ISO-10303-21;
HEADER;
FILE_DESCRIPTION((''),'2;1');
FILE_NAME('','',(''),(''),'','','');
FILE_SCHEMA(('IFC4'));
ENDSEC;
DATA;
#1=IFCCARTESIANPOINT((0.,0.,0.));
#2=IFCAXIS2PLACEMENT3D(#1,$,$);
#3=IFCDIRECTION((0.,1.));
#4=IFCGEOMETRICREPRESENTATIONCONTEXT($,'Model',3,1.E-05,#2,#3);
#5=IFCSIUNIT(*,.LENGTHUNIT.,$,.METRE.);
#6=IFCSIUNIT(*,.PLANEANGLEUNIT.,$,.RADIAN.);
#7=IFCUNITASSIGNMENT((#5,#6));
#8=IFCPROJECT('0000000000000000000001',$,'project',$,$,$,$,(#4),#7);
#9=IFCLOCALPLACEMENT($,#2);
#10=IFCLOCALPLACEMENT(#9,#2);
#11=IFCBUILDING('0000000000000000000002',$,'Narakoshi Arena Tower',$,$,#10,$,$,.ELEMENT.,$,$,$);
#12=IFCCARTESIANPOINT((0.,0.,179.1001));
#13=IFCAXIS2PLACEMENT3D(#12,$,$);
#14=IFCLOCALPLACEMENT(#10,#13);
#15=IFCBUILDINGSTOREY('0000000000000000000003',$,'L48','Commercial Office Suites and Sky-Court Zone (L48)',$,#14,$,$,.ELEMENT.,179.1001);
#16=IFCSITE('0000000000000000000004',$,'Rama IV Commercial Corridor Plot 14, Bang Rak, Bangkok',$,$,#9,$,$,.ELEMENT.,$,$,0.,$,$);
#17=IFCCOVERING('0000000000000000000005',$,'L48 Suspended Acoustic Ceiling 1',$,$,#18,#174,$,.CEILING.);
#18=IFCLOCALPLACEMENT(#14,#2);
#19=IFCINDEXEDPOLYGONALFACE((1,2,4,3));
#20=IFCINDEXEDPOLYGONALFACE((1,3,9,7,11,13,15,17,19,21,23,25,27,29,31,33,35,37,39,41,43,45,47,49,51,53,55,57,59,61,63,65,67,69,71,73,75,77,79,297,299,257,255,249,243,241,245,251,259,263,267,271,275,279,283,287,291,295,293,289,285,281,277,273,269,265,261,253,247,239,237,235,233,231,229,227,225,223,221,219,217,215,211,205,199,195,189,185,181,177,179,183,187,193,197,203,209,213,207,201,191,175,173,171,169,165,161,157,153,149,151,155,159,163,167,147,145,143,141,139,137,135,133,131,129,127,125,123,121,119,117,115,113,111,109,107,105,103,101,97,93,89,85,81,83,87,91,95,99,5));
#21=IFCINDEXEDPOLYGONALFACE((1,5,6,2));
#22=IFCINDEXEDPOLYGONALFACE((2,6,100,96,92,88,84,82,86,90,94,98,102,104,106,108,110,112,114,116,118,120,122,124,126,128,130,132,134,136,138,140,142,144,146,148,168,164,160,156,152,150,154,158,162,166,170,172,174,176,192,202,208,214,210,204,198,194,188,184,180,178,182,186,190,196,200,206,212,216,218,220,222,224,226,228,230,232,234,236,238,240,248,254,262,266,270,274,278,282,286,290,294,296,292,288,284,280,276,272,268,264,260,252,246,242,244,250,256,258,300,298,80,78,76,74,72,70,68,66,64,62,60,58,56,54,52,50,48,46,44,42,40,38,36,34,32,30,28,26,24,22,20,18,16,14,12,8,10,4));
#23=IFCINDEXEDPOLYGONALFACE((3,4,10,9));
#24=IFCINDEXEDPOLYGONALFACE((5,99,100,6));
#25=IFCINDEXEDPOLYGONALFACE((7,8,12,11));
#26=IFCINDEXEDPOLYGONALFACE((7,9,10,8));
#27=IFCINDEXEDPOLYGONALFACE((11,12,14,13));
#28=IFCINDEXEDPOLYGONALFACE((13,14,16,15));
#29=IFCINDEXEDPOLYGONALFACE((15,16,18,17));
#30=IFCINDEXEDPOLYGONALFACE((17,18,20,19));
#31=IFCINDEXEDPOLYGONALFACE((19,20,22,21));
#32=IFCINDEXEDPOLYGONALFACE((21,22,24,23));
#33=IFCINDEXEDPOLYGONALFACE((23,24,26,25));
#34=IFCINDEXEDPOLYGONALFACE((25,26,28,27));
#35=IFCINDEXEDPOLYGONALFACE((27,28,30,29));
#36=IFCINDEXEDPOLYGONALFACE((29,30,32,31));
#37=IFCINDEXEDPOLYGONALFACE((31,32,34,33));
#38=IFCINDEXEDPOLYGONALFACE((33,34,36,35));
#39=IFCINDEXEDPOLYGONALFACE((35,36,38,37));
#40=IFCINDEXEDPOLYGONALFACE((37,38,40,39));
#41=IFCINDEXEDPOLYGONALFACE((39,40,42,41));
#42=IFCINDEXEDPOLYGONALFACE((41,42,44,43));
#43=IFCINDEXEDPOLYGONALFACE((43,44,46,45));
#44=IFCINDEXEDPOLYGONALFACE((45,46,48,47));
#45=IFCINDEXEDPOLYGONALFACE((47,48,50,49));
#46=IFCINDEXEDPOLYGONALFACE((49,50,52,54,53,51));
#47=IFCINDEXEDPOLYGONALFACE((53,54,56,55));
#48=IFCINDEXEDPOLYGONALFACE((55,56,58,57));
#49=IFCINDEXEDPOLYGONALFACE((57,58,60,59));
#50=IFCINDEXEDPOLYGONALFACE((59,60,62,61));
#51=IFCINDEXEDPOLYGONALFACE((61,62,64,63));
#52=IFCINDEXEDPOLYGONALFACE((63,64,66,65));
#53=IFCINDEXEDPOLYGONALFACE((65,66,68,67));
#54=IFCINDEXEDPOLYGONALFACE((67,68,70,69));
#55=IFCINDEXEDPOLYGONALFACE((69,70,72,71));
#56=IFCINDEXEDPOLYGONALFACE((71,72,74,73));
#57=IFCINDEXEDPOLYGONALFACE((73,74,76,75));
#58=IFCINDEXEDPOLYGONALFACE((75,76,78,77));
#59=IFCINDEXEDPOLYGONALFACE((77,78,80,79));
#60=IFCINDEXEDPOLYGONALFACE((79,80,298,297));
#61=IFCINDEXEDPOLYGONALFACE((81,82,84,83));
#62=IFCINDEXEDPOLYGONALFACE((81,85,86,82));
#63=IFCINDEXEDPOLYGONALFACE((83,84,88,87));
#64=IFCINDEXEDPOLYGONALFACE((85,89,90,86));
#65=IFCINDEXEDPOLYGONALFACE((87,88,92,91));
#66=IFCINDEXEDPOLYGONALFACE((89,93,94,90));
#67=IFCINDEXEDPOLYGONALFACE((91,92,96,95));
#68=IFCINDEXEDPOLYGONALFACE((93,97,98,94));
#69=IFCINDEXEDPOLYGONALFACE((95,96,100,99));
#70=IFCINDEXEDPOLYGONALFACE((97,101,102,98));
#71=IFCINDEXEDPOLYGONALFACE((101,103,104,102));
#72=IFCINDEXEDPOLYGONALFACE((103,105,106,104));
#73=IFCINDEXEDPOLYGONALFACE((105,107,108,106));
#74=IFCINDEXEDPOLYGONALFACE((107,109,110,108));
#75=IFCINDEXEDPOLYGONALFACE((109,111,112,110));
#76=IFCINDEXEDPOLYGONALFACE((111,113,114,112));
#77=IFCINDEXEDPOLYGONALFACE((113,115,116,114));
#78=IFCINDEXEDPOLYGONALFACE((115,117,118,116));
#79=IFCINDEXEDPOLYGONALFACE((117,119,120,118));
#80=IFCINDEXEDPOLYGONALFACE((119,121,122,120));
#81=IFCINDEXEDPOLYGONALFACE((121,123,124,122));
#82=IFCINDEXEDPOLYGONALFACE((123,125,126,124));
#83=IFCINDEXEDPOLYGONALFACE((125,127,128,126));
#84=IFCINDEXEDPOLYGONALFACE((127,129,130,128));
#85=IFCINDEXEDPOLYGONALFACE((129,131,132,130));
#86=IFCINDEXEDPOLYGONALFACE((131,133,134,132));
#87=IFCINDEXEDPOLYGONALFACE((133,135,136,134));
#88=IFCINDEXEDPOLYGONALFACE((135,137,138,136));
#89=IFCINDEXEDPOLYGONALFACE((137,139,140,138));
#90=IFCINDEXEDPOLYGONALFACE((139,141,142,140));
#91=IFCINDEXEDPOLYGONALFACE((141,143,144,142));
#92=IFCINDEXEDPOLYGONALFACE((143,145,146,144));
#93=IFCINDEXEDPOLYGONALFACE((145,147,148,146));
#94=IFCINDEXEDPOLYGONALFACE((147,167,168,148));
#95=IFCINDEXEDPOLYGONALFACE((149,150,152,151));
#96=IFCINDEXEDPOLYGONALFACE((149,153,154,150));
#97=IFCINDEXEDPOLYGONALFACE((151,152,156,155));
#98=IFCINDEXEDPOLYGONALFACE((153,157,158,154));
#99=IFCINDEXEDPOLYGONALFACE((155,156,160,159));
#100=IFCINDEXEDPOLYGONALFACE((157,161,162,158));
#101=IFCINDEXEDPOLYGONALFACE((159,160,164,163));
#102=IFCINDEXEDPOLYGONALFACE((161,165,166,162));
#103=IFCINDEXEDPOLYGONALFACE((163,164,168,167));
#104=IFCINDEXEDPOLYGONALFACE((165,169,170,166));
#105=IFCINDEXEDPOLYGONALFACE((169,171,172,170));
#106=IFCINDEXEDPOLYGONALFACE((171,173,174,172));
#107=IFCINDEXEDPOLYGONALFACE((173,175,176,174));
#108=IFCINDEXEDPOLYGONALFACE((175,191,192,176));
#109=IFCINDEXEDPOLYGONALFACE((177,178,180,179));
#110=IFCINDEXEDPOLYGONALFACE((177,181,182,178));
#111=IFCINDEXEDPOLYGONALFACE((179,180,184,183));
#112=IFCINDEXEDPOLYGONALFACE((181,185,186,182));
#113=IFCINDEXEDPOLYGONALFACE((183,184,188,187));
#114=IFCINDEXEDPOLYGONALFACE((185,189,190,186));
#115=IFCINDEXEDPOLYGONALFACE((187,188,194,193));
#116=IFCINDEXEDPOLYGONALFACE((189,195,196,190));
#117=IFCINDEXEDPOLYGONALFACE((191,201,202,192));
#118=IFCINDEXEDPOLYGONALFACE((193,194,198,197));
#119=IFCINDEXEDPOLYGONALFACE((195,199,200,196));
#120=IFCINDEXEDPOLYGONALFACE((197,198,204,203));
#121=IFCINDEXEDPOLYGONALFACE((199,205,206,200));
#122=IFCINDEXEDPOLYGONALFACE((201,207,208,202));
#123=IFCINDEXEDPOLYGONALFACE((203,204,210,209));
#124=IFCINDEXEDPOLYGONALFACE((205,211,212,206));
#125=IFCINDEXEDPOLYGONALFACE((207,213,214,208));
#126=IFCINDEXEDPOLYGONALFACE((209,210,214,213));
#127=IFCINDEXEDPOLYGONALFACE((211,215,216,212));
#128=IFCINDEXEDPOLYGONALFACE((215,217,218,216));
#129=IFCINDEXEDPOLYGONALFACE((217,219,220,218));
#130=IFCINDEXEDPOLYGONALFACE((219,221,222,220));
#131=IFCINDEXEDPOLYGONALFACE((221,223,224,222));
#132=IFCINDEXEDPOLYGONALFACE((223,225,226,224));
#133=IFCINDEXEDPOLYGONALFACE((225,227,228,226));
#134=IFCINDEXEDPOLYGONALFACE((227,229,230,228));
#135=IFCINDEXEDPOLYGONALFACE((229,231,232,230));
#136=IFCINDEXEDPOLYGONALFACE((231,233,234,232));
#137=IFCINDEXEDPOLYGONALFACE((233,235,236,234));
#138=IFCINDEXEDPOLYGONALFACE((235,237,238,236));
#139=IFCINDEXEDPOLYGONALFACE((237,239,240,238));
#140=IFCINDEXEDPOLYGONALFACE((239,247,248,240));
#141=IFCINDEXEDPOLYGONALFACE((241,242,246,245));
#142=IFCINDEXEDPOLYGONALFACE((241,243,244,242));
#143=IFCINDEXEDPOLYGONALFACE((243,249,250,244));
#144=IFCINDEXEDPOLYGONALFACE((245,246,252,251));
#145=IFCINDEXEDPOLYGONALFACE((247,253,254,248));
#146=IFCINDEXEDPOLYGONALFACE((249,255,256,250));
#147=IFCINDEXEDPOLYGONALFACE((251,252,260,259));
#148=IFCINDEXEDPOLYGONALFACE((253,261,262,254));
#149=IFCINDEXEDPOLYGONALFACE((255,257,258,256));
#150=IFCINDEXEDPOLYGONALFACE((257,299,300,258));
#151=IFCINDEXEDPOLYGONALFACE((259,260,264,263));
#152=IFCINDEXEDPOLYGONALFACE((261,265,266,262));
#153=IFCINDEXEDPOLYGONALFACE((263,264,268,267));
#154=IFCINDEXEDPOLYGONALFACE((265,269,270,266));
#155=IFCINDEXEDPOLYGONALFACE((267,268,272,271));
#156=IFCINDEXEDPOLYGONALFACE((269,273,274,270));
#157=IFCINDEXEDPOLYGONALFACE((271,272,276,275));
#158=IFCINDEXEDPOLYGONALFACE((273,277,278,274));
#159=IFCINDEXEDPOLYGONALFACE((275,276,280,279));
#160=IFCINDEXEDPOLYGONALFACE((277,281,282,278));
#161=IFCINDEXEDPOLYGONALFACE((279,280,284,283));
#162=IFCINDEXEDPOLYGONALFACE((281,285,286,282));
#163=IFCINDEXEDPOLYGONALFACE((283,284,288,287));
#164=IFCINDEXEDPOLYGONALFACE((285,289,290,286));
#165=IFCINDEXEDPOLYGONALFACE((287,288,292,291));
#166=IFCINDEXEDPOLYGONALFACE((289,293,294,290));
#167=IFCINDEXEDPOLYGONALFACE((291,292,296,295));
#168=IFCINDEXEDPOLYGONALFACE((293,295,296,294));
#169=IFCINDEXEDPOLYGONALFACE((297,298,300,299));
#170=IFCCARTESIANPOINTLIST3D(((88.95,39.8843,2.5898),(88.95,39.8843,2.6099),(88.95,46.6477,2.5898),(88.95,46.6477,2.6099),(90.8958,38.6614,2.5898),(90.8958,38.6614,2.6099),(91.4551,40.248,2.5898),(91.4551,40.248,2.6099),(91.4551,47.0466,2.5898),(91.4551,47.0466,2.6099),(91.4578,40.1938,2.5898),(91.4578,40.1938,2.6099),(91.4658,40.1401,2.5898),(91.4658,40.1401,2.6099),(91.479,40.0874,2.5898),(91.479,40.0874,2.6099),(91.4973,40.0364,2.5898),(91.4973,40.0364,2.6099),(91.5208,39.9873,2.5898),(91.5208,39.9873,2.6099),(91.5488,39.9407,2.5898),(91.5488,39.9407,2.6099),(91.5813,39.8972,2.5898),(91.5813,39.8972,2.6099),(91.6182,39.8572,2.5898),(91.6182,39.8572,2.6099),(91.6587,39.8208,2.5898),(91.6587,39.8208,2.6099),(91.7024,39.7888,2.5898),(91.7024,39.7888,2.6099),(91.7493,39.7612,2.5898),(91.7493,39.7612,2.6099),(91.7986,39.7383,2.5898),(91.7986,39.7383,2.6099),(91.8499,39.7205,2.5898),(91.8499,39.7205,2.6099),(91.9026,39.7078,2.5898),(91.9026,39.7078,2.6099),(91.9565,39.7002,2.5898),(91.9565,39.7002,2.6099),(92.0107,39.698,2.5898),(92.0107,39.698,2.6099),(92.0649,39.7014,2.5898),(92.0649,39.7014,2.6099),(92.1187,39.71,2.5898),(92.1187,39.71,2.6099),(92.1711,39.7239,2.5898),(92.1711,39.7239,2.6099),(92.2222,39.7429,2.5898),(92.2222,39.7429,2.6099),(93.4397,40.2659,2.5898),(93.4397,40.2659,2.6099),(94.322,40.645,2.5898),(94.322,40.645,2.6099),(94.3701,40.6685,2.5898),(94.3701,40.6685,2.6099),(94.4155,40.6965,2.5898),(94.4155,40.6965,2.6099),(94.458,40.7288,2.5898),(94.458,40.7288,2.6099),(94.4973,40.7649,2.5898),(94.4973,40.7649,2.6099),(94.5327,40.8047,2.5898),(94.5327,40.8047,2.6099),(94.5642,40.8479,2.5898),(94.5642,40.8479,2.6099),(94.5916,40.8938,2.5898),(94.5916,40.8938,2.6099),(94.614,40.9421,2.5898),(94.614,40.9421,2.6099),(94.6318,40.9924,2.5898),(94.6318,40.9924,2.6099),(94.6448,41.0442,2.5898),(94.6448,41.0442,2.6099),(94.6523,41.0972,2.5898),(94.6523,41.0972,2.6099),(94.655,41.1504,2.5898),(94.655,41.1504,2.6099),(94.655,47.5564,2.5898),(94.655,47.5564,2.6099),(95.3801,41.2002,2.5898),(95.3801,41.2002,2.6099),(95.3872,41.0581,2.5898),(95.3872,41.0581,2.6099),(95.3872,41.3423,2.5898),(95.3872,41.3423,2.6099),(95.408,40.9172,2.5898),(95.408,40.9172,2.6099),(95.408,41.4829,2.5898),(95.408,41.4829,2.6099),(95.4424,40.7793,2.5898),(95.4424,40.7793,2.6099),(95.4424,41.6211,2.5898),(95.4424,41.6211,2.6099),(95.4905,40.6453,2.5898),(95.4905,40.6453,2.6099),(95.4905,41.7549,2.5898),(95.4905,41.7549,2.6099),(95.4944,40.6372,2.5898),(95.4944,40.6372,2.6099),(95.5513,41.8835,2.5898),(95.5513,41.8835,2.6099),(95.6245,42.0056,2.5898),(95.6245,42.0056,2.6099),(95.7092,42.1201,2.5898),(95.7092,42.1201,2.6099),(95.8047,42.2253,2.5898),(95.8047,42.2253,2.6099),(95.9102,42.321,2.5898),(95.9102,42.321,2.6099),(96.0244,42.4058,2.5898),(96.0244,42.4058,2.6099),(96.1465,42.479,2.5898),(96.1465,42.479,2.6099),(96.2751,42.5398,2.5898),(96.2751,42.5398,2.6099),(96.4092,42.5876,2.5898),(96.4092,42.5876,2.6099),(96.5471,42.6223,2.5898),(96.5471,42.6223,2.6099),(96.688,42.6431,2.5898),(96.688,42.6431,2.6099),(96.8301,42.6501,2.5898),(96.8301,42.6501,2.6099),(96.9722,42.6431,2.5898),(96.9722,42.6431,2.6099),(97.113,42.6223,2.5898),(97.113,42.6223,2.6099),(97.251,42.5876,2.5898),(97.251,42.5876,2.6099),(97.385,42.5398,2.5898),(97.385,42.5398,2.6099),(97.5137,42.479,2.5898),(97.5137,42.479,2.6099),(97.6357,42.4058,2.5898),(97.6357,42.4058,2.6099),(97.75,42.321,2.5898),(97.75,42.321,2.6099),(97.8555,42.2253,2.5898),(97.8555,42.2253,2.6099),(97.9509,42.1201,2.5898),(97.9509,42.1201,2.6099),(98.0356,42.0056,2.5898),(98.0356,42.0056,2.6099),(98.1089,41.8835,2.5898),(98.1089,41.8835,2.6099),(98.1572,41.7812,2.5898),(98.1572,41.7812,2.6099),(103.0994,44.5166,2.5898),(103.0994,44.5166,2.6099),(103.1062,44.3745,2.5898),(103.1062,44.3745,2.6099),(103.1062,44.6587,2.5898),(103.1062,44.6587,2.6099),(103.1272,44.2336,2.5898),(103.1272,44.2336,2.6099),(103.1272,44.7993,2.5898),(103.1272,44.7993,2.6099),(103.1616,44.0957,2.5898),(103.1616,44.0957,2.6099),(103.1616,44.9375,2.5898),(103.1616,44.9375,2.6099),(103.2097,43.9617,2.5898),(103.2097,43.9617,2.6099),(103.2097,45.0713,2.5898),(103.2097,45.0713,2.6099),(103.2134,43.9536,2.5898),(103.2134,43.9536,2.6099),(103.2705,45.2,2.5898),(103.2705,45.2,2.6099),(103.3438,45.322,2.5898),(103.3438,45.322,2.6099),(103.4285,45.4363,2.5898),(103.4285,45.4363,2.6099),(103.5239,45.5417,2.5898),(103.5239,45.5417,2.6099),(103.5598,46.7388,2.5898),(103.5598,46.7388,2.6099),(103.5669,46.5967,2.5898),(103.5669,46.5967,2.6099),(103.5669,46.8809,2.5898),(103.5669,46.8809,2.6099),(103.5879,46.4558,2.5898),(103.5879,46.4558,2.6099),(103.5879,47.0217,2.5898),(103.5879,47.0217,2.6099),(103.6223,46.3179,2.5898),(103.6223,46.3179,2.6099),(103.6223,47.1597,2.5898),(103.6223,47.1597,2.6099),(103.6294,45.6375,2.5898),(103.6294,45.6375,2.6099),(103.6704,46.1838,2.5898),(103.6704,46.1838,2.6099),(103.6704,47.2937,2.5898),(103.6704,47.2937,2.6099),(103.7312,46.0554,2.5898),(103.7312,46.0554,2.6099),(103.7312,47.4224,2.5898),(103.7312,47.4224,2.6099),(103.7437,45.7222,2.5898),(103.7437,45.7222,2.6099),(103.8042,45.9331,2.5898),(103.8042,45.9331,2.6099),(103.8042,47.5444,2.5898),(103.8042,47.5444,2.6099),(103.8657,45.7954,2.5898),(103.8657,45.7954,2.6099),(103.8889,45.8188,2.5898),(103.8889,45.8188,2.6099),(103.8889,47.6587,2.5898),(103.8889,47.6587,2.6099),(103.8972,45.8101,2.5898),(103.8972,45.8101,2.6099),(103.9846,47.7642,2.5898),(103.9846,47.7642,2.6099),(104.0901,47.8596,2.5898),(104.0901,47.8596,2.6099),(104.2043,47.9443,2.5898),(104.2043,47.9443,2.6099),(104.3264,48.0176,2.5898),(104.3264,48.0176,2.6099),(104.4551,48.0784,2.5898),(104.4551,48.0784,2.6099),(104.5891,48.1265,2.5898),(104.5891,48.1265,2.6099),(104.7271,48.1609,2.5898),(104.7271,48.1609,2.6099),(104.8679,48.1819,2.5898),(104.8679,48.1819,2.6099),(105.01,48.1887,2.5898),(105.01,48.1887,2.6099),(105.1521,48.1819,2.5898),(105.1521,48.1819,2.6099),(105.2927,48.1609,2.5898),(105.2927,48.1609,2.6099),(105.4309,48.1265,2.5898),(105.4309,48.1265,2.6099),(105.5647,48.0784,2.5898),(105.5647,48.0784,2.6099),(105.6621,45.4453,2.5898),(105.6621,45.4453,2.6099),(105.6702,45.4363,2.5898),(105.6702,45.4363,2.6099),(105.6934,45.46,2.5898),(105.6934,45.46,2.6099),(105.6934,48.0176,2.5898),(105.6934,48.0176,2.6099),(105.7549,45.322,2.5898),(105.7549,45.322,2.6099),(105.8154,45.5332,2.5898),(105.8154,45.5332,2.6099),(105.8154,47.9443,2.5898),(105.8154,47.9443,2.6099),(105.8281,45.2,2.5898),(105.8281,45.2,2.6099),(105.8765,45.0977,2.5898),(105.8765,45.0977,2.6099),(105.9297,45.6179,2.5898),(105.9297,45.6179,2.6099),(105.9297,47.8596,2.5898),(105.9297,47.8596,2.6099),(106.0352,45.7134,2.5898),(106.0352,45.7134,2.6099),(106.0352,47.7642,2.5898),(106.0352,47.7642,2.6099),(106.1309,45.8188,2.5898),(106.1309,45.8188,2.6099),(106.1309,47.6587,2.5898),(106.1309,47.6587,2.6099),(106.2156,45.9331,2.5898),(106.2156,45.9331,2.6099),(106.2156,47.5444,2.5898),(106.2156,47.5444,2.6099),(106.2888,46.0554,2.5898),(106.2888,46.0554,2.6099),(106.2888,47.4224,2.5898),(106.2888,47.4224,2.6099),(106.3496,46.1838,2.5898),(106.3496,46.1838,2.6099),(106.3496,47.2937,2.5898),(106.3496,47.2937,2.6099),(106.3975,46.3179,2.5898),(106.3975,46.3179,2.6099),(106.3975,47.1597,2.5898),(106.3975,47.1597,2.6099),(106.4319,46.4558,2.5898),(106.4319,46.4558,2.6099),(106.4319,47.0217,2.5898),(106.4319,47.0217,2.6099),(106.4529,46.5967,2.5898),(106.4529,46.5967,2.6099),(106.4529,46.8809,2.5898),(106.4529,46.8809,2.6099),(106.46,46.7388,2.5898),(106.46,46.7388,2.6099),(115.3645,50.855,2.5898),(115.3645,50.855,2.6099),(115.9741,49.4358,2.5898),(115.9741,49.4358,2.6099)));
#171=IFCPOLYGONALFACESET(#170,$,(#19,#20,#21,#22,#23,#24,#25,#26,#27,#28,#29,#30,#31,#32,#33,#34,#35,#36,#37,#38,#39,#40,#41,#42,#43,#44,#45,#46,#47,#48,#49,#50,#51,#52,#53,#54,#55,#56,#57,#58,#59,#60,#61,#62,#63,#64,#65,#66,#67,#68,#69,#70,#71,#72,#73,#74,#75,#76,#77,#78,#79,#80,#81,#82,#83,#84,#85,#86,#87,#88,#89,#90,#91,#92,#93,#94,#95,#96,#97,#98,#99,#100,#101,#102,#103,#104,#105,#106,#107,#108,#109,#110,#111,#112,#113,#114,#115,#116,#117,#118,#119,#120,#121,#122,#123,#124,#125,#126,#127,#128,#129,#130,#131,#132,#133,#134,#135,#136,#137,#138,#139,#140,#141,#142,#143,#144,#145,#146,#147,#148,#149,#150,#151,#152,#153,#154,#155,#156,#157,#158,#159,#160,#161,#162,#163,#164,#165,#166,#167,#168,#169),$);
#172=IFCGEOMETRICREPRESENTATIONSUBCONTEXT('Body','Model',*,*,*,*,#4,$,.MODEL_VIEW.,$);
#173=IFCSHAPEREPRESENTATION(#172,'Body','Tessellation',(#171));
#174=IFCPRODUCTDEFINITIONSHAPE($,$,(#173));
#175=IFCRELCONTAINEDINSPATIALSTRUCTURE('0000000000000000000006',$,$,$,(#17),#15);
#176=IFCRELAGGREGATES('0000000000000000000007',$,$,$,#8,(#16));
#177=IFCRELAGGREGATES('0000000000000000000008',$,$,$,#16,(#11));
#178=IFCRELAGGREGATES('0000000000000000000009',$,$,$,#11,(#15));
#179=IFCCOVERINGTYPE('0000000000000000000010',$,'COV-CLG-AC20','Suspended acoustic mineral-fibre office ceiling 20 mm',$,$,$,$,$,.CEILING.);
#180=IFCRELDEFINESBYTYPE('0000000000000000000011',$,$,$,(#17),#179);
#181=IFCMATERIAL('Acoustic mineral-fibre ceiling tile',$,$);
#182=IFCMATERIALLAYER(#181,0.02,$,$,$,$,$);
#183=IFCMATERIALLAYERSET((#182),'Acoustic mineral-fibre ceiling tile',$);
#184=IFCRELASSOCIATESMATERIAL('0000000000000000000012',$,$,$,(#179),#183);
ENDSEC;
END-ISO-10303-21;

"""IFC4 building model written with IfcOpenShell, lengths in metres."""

from ifc_helpers import new_model, si_unit, direction, frame, origin, place, context, subcontext, project, spatial, polyline, outline, extrude, material, layer, layer_set, type_object, element, save


model = new_model("IFC4")

# Units and contexts
model_context = context("Model", 3, precision=1e-05, world=origin(), true_north=direction((0.0, 1.0)))
body_context = subcontext(model_context, "Body", "Model", "MODEL_VIEW")
ifc_project = project(units=[si_unit("LENGTHUNIT", "METRE"), si_unit("PLANEANGLEUNIT", "RADIAN")], contexts=[model_context])

# Site, building, storey
site_placement = place(None, origin())
site = spatial("IfcSite", under=ifc_project, at=site_placement, Name="Rama IV Commercial Corridor Plot 14, Bang Rak, Bangkok", CompositionType="ELEMENT", RefElevation=0.0)
building_placement = place(site_placement, origin())
building = spatial("IfcBuilding", under=site, at=building_placement, Name="Narakoshi Arena Tower", CompositionType="ELEMENT")
storey_placement = place(building_placement, frame((0.0, 0.0, 179.1001)))
storey = spatial("IfcBuildingStorey", under=building, at=storey_placement, Name="L48", Description="Commercial Office Suites and Sky-Court Zone (L48)", CompositionType="ELEMENT", Elevation=179.1001)

# Covering
ifc_material_1 = material(Name="Acoustic mineral-fibre ceiling tile")
ifc_layer_1 = layer(ifc_material_1, 0.02)
ifc_layer_set_1 = layer_set([ifc_layer_1], Name="Acoustic mineral-fibre ceiling tile")
covering_type_1 = type_object("IfcCoveringType", Name="COV-CLG-AC20", Description="Suspended acoustic mineral-fibre office ceiling 20 mm", PredefinedType="CEILING", material=ifc_layer_set_1)
covering_1_placement = place(storey_placement, frame((0.0, 0.0, 2.5898)))
element("IfcCovering", 1, at=covering_1_placement, inside=storey, type_object=covering_type_1, Name="L48 Suspended Acoustic Ceiling 1", PredefinedType="CEILING", context=body_context, shape_type="SweptSolid", body=[
    extrude(outline(polyline([(115.9741, 49.4358), (105.8765, 45.0977), (105.8281, 45.2), (105.7549, 45.322), (105.6702, 45.4363), (105.6621, 45.4453), (105.6934, 45.46), (105.8154, 45.5332), (105.9297, 45.6179), (106.0352, 45.7134), (106.1309, 45.8188), (106.2156, 45.9331), (106.2888, 46.0554), (106.3496, 46.1838), (106.3975, 46.3179), (106.4319, 46.4558), (106.4529, 46.5967), (106.46, 46.7388), (106.4529, 46.8809), (106.4319, 47.0217), (106.3975, 47.1597), (106.3496, 47.2937), (106.2888, 47.4224), (106.2156, 47.5444), (106.1309, 47.6587), (106.0352, 47.7642), (105.9297, 47.8596), (105.8154, 47.9443), (105.6934, 48.0176), (105.5647, 48.0784), (105.4309, 48.1265), (105.2927, 48.1609), (105.1521, 48.1819), (105.01, 48.1887), (104.8679, 48.1819), (104.7271, 48.1609), (104.5891, 48.1265), (104.4551, 48.0784), (104.3264, 48.0176), (104.2043, 47.9443), (104.0901, 47.8596), (103.9846, 47.7642), (103.8889, 47.6587), (103.8042, 47.5444), (103.7312, 47.4224), (103.6704, 47.2937), (103.6223, 47.1597), (103.5879, 47.0217), (103.5669, 46.8809), (103.5598, 46.7388), (103.5669, 46.5967), (103.5879, 46.4558), (103.6223, 46.3179), (103.6704, 46.1838), (103.7312, 46.0554), (103.8042, 45.9331), (103.8889, 45.8188), (103.8972, 45.8101), (103.8657, 45.7954), (103.7437, 45.7222), (103.6294, 45.6375), (103.5239, 45.5417), (103.4285, 45.4363), (103.3438, 45.322), (103.2705, 45.2), (103.2097, 45.0713), (103.1616, 44.9375), (103.1272, 44.7993), (103.1062, 44.6587), (103.0994, 44.5166), (103.1062, 44.3745), (103.1272, 44.2336), (103.1616, 44.0957), (103.2097, 43.9617), (103.2134, 43.9536), (98.1572, 41.7812), (98.1089, 41.8835), (98.0356, 42.0056), (97.9509, 42.1201), (97.8555, 42.2253), (97.75, 42.321), (97.6357, 42.4058), (97.5137, 42.479), (97.385, 42.5398), (97.251, 42.5876), (97.113, 42.6223), (96.9722, 42.6431), (96.8301, 42.6501), (96.688, 42.6431), (96.5471, 42.6223), (96.4092, 42.5876), (96.2751, 42.5398), (96.1465, 42.479), (96.0244, 42.4058), (95.9102, 42.321), (95.8047, 42.2253), (95.7092, 42.1201), (95.6245, 42.0056), (95.5513, 41.8835), (95.4905, 41.7549), (95.4424, 41.6211), (95.408, 41.4829), (95.3872, 41.3423), (95.3801, 41.2002), (95.3872, 41.0581), (95.408, 40.9172), (95.4424, 40.7793), (95.4905, 40.6453), (95.4944, 40.6372), (90.8958, 38.6614), (88.95, 39.8843), (88.95, 46.6477), (91.4551, 47.0466), (91.4551, 40.248), (91.4578, 40.1938), (91.4658, 40.1401), (91.479, 40.0874), (91.4973, 40.0364), (91.5208, 39.9873), (91.5488, 39.9407), (91.5813, 39.8972), (91.6182, 39.8572), (91.6587, 39.8208), (91.7024, 39.7888), (91.7493, 39.7612), (91.7986, 39.7383), (91.8499, 39.7205), (91.9026, 39.7078), (91.9565, 39.7002), (92.0107, 39.698), (92.0649, 39.7014), (92.1187, 39.71), (92.1711, 39.7239), (92.2222, 39.7429), (93.4397, 40.2659), (94.322, 40.645), (94.3701, 40.6685), (94.4155, 40.6965), (94.458, 40.7288), (94.4973, 40.7649), (94.5327, 40.8047), (94.5642, 40.8479), (94.5916, 40.8938), (94.614, 40.9421), (94.6318, 40.9924), (94.6448, 41.0442), (94.6523, 41.0972), (94.655, 41.1504), (94.655, 47.5564), (115.3645, 50.855), (115.9741, 49.4358)])), origin(), (0.0, 0.0, 1.0), 0.02),
])

save(model, "model.ifc")
